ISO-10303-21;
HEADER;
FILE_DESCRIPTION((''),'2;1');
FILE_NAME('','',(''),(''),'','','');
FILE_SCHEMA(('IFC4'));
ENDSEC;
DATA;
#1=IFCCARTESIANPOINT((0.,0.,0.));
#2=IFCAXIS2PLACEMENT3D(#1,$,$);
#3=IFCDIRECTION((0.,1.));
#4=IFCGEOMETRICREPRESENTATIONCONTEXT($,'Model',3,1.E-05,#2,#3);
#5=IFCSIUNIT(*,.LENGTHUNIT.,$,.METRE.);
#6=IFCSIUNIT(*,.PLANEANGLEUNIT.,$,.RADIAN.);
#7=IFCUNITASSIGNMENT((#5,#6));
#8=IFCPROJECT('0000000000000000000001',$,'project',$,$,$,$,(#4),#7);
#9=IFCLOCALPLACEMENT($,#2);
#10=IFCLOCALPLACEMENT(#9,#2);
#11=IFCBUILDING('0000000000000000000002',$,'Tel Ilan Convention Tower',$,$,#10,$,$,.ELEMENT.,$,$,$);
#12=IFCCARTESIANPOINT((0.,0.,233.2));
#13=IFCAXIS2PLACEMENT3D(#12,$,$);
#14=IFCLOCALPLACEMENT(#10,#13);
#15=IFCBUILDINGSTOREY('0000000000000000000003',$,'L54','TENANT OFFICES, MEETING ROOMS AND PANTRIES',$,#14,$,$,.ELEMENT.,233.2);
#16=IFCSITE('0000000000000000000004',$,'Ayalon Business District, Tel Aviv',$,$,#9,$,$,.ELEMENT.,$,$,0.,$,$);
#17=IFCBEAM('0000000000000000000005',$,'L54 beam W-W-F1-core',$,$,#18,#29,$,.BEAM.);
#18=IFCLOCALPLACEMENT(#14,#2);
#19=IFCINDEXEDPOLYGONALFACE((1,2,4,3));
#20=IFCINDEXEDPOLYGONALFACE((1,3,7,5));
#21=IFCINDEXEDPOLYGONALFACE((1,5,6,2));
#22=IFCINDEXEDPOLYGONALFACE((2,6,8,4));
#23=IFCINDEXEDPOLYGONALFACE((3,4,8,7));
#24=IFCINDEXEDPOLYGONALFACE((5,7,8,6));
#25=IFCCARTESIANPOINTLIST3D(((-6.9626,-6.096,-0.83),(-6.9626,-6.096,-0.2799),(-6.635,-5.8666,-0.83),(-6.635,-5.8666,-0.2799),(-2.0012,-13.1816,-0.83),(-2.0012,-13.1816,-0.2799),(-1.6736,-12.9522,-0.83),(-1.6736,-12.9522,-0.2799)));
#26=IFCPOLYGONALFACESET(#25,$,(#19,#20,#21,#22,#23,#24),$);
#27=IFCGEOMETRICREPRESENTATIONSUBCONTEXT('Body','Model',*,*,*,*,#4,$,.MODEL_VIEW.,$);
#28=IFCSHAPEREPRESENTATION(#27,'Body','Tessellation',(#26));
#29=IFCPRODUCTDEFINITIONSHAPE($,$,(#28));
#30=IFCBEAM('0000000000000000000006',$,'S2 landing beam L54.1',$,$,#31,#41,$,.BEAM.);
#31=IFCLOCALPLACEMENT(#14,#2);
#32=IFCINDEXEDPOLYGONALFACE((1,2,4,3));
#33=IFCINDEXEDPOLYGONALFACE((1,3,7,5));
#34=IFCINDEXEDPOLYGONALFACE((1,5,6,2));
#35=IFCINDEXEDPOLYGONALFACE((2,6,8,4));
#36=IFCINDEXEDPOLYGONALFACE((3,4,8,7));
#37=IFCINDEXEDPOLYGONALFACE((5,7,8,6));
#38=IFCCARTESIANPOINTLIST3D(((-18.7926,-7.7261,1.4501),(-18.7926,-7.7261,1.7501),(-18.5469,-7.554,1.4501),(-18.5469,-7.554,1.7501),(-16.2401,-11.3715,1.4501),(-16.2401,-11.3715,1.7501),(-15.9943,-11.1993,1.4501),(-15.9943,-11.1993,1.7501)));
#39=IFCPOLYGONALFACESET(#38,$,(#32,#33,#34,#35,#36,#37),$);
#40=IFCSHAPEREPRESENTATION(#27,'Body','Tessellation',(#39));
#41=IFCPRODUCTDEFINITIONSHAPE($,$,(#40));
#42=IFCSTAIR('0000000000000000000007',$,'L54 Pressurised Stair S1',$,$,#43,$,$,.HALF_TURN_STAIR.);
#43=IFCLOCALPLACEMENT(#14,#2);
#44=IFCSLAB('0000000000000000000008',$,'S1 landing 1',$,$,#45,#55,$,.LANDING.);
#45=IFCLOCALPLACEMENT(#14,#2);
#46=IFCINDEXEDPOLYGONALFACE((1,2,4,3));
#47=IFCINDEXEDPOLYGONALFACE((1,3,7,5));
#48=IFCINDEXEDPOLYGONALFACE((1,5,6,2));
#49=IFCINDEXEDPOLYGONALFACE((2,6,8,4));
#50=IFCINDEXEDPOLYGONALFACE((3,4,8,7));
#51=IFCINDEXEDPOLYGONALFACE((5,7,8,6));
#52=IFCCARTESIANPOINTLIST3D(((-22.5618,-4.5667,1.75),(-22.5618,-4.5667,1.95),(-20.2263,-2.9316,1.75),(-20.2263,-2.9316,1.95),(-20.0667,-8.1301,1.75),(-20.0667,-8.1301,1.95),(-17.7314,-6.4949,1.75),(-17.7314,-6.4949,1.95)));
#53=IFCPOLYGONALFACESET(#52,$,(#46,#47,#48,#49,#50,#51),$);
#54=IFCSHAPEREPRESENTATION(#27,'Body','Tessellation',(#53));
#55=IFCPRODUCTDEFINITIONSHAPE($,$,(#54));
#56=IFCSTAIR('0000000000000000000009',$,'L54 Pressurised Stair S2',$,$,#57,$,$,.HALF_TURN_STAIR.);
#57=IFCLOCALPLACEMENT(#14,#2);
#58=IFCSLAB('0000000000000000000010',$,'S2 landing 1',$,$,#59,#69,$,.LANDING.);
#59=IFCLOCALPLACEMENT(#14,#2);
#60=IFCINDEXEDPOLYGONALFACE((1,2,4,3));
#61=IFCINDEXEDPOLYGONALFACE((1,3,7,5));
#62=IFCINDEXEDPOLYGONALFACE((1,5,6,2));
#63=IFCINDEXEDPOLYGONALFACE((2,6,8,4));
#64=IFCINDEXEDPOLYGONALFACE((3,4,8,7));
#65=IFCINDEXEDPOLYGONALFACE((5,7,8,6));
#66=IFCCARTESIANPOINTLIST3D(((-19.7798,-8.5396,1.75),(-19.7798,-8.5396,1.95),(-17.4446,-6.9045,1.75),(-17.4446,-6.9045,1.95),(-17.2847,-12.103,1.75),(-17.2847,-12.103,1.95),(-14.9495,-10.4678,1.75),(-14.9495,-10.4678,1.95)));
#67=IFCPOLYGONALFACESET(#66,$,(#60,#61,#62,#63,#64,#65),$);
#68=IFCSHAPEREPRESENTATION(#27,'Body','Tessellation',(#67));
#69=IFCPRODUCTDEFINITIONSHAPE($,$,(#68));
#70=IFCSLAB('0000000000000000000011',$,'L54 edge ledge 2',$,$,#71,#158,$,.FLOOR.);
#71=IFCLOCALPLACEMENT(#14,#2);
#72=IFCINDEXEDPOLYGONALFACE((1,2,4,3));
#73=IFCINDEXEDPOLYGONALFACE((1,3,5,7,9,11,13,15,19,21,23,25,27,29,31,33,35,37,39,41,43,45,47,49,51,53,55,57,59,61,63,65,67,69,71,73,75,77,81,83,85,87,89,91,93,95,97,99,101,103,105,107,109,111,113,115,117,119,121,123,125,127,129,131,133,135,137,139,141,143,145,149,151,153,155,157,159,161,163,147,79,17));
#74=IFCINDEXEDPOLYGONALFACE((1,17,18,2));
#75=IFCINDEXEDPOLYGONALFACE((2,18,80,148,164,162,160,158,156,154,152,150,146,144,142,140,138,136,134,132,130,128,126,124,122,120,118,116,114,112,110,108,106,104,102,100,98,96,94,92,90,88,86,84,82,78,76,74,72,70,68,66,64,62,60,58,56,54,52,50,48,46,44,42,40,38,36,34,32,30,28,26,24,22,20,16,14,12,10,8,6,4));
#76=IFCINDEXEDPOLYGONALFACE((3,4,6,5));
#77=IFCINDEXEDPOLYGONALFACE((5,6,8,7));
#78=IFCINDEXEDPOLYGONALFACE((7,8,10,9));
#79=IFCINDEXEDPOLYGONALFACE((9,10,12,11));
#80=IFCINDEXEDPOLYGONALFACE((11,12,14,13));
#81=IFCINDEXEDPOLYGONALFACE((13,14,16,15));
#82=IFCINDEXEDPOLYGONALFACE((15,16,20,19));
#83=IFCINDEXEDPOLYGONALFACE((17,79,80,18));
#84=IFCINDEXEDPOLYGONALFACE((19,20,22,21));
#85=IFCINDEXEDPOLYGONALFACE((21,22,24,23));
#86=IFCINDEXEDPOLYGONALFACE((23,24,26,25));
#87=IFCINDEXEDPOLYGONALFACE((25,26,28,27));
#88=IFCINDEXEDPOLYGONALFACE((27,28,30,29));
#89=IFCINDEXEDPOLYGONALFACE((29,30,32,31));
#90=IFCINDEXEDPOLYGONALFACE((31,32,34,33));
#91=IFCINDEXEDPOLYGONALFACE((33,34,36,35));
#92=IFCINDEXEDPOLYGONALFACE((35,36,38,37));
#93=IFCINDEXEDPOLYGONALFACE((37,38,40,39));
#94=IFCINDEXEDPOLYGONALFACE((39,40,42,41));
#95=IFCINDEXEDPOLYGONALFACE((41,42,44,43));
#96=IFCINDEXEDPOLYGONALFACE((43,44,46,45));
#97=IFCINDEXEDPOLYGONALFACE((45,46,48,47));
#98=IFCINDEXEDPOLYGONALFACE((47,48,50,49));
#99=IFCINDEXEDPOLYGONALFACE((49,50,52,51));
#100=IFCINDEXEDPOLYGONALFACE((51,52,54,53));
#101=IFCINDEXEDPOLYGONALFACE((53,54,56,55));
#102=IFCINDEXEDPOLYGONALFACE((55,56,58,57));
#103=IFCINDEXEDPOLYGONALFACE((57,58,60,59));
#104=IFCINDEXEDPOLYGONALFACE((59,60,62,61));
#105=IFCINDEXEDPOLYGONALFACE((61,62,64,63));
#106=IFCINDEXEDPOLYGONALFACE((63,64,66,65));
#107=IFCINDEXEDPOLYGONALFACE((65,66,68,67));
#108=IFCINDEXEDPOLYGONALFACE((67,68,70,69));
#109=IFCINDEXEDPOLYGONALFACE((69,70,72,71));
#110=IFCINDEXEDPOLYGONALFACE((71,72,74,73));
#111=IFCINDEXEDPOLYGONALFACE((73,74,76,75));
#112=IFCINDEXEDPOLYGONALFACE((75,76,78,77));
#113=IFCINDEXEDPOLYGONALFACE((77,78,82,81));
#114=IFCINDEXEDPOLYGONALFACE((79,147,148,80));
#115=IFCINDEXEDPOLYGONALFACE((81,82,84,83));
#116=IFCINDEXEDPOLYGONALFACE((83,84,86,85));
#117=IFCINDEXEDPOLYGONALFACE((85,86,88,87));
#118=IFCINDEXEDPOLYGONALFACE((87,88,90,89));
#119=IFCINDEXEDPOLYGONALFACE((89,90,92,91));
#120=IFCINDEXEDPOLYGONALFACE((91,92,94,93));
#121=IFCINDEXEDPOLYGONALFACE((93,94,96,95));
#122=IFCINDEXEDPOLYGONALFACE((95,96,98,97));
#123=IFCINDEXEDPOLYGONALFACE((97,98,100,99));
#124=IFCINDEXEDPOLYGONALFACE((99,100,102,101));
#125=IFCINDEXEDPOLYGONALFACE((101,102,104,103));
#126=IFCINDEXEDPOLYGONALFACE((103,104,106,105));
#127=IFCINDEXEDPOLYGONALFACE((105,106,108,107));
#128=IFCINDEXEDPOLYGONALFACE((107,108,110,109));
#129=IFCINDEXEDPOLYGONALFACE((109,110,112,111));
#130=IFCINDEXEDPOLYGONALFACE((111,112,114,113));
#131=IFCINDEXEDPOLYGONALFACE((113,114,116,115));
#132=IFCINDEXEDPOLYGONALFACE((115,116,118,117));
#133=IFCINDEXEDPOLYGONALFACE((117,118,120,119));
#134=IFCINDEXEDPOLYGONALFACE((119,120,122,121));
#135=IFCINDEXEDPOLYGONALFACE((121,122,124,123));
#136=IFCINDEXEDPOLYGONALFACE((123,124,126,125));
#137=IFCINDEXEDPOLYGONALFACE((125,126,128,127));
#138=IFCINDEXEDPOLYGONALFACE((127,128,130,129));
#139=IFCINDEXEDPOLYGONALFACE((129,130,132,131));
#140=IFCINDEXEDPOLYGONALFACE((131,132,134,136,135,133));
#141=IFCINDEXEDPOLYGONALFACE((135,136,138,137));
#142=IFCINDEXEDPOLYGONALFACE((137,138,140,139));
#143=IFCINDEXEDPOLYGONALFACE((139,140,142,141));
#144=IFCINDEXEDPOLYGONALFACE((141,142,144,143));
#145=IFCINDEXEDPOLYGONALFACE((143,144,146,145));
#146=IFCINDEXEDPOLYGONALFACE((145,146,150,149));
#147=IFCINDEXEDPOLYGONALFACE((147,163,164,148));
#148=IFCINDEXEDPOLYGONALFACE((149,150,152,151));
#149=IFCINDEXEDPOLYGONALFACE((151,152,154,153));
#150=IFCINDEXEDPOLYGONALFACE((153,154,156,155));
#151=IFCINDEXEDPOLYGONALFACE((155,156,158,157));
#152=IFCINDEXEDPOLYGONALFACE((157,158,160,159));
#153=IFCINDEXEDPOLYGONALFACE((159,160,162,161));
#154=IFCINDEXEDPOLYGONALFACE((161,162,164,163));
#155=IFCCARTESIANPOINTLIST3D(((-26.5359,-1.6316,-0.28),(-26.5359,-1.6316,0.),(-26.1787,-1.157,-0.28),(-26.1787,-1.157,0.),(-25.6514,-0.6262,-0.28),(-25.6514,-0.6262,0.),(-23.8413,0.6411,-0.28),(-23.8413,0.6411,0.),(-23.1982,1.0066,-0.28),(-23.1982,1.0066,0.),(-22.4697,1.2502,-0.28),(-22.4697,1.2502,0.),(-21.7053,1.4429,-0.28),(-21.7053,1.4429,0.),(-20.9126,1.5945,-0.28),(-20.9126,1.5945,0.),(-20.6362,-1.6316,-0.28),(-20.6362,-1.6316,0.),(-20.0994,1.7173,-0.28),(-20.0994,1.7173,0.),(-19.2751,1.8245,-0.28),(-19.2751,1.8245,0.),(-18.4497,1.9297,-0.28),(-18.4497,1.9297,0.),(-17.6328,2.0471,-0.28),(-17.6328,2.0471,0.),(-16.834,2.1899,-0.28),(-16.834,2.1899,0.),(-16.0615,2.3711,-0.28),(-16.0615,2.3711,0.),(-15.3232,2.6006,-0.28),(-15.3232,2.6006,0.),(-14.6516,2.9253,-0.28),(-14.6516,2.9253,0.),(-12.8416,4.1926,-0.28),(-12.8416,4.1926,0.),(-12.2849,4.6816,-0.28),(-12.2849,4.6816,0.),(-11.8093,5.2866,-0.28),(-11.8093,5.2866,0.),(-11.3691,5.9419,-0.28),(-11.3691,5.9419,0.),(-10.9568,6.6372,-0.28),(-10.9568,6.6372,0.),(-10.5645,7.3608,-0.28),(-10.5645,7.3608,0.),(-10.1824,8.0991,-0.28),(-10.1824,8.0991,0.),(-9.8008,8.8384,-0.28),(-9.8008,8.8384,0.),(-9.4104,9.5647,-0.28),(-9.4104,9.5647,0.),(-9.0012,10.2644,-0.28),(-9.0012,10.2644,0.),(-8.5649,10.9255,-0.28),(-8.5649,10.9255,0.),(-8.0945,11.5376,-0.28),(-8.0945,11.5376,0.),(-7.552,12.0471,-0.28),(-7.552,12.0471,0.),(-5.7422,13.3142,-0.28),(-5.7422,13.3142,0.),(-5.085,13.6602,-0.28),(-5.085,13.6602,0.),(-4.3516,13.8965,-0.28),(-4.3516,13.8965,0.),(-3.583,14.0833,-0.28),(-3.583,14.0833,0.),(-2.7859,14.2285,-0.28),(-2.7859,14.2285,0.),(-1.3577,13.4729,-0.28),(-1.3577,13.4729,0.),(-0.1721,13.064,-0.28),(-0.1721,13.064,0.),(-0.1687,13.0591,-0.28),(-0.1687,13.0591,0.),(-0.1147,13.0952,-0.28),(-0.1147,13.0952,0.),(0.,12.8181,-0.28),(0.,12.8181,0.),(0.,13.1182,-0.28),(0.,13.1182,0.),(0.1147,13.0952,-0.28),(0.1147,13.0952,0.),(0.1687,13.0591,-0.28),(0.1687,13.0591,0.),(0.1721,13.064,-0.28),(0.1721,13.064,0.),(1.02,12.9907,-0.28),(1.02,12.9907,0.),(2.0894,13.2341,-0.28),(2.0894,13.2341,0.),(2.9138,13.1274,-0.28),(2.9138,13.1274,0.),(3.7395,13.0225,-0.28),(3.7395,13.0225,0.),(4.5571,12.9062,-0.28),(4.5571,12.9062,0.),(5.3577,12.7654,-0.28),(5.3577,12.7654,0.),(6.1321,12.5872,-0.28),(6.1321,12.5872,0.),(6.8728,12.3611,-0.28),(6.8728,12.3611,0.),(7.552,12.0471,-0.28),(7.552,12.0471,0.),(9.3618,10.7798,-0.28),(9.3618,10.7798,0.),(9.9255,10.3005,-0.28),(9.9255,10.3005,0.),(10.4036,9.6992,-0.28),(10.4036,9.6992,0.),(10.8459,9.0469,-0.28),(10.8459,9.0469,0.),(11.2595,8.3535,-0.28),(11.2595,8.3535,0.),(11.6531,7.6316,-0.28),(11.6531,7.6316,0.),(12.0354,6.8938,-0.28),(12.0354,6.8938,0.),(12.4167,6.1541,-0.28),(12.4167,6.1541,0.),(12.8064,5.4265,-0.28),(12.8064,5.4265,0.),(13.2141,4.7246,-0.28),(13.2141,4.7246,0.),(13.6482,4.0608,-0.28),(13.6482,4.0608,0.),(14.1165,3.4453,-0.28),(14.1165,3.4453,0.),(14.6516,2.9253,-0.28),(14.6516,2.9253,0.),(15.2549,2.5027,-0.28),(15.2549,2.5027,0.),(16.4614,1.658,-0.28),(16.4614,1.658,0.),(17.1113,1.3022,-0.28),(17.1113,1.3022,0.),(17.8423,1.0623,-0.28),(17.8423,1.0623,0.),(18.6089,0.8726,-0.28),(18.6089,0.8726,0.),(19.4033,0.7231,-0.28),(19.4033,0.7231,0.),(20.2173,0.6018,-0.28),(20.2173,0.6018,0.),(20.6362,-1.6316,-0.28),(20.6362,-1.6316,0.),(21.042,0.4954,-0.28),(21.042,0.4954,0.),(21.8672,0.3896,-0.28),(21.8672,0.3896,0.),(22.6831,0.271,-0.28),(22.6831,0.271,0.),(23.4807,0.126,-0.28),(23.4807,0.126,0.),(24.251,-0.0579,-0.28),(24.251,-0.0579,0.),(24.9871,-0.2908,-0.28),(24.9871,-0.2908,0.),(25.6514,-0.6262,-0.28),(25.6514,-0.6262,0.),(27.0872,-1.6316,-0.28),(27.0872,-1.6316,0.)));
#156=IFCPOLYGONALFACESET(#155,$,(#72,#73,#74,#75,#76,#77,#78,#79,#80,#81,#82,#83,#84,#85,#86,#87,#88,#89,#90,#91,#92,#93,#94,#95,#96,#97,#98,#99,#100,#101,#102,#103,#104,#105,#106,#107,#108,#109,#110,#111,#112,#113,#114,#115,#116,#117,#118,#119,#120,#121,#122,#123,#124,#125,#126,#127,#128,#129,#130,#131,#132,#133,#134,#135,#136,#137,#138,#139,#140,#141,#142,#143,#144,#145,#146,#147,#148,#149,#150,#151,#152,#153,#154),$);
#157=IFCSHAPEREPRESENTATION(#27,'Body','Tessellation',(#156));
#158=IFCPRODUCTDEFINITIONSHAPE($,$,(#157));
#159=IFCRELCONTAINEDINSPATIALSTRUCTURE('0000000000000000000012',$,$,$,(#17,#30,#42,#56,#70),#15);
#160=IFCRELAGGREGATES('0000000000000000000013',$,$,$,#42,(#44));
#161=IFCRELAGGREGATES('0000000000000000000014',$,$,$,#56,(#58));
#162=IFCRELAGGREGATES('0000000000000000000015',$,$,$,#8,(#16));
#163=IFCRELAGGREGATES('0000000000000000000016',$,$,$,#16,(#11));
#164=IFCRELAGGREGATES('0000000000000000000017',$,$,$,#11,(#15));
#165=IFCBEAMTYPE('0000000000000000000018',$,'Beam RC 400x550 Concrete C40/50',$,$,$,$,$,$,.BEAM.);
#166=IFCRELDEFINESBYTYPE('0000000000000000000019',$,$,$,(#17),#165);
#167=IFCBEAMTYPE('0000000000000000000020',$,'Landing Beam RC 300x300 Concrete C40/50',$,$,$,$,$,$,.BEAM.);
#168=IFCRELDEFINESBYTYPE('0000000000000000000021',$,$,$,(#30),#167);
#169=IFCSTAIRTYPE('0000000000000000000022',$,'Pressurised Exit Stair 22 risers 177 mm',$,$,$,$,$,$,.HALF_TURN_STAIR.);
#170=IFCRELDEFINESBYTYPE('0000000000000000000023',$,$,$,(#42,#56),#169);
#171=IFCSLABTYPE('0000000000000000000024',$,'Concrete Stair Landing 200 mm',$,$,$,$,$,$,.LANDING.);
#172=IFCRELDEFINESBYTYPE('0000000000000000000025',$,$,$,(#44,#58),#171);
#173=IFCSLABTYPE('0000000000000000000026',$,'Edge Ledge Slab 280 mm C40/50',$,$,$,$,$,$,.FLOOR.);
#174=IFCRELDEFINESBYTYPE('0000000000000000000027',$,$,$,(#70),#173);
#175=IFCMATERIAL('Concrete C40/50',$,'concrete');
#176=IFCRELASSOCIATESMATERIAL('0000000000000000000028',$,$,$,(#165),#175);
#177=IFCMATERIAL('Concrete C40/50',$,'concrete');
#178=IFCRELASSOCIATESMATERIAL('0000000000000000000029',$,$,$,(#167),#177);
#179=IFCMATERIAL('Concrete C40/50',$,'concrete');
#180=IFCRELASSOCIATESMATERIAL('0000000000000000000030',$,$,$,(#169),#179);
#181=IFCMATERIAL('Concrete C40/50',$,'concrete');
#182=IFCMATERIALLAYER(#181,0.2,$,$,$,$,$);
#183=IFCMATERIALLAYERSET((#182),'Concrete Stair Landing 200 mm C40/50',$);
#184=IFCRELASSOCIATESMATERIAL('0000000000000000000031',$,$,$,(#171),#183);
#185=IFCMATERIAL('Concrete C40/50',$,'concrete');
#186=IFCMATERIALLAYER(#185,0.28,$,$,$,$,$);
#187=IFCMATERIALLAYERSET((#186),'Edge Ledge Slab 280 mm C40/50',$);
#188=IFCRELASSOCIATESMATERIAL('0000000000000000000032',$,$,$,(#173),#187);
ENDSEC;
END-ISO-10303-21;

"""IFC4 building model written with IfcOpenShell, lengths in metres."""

from ifc_helpers import new_model, si_unit, direction, frame, origin, origin_2d, place, context, subcontext, project, spatial, polyline, rectangle, outline, extrude, material, layer, layer_set, material_profile, profile_set, type_object, element, aggregate, save


model = new_model("IFC4")

# Units and contexts
model_context = context("Model", 3, precision=1e-05, world=origin(), true_north=direction((0.0, 1.0)))
body_context = subcontext(model_context, "Body", "Model", "MODEL_VIEW")
ifc_project = project(units=[si_unit("LENGTHUNIT", "METRE"), si_unit("PLANEANGLEUNIT", "RADIAN")], contexts=[model_context])

# Site, building, storey
site_placement = place(None, origin())
site = spatial("IfcSite", under=ifc_project, at=site_placement, Name="Ayalon Business District, Tel Aviv", CompositionType="ELEMENT", RefElevation=0.0)
building_placement = place(site_placement, origin())
building = spatial("IfcBuilding", under=site, at=building_placement, Name="Tel Ilan Convention Tower", CompositionType="ELEMENT")
storey_placement = place(building_placement, frame((0.0, 0.0, 233.2)))
storey = spatial("IfcBuildingStorey", under=building, at=storey_placement, Name="L54", Description="TENANT OFFICES, MEETING ROOMS AND PANTRIES", CompositionType="ELEMENT", Elevation=233.2)

# Beams
ifc_material_1 = material(Name="Concrete C40/50", Category="concrete")
ifc_material_profile_1 = material_profile(ifc_material_1, rectangle(XDim=0.3999, YDim=0.55, at=origin_2d()), Name="RC 400x550")
ifc_profile_set_1 = profile_set([ifc_material_profile_1], Name="Concrete C40/50")
beam_type_1 = type_object("IfcBeamType", Name="Beam RC 400x550 Concrete C40/50", PredefinedType="BEAM", material=ifc_profile_set_1)
beam_1_placement = place(storey_placement, frame((-1.8374, -13.0669, -0.5549), z_axis=(-0.573574, 0.819154, 0.0), x_axis=(-0.819154, -0.573574, 0.0)))
element("IfcBeam", 1, at=beam_1_placement, inside=storey, type_object=beam_type_1, Name="L54 beam W-W-F1-core", PredefinedType="BEAM", context=body_context, shape_type="SweptSolid", body=[
    extrude(rectangle(XDim=0.3999, YDim=0.55, at=origin_2d()), origin(), (0.0, 0.0, 1.0), 8.6499),
])
ifc_material_2 = material(Name="Concrete C40/50", Category="concrete")
ifc_material_profile_2 = material_profile(ifc_material_2, rectangle(XDim=0.3, YDim=0.3, at=origin_2d()), Name="RC 300x300")
ifc_profile_set_2 = profile_set([ifc_material_profile_2], Name="Concrete C40/50")
beam_type_2 = type_object("IfcBeamType", Name="Landing Beam RC 300x300 Concrete C40/50", PredefinedType="BEAM", material=ifc_profile_set_2)
beam_2_placement = place(storey_placement, frame((-16.1172, -11.2854, 1.6001), z_axis=(-0.573584, 0.819147, 0.0), x_axis=(-0.819147, -0.573584, 0.0)))
element("IfcBeam", 2, at=beam_2_placement, inside=storey, type_object=beam_type_2, Name="S2 landing beam L54.1", PredefinedType="BEAM", context=body_context, shape_type="SweptSolid", body=[
    extrude(rectangle(XDim=0.3, YDim=0.3, at=origin_2d()), origin(), (0.0, 0.0, 1.0), 4.4502),
])

# Stairs, slabs
ifc_material_3 = material(Name="Concrete C40/50", Category="concrete")
stair_type = type_object("IfcStairType", Name="Pressurised Exit Stair 22 risers 177 mm", PredefinedType="HALF_TURN_STAIR", material=ifc_material_3)
stair_1_placement = place(storey_placement, origin())
stair_1 = element("IfcStair", 3, at=stair_1_placement, inside=storey, type_object=stair_type, Name="L54 Pressurised Stair S1", PredefinedType="HALF_TURN_STAIR")
ifc_material_4 = material(Name="Concrete C40/50", Category="concrete")
ifc_layer_1 = layer(ifc_material_4, 0.2)
ifc_layer_set_1 = layer_set([ifc_layer_1], Name="Concrete Stair Landing 200 mm C40/50")
slab_type_1 = type_object("IfcSlabType", Name="Concrete Stair Landing 200 mm", PredefinedType="LANDING", material=ifc_layer_set_1)
slab_1_placement = place(storey_placement, frame((0.0, 0.0, 1.75)))
slab_1 = element("IfcSlab", 4, at=slab_1_placement, type_object=slab_type_1, Name="S1 landing 1", PredefinedType="LANDING", context=body_context, shape_type="SweptSolid", body=[
    extrude(outline(polyline([(-20.0667, -8.1301), (-17.7314, -6.4949), (-20.2263, -2.9316), (-22.5618, -4.5667), (-20.0667, -8.1301)])), origin(), (0.0, 0.0, 1.0), 0.2),
])
aggregate(stair_1, [slab_1])
stair_2_placement = place(storey_placement, origin())
stair_2 = element("IfcStair", 5, at=stair_2_placement, inside=storey, type_object=stair_type, Name="L54 Pressurised Stair S2", PredefinedType="HALF_TURN_STAIR")
slab_2_placement = place(storey_placement, frame((0.0, 0.0, 1.75)))
slab_2 = element("IfcSlab", 6, at=slab_2_placement, type_object=slab_type_1, Name="S2 landing 1", PredefinedType="LANDING", context=body_context, shape_type="SweptSolid", body=[
    extrude(outline(polyline([(-17.2847, -12.103), (-14.9495, -10.4678), (-17.4446, -6.9045), (-19.7798, -8.5396), (-17.2847, -12.103)])), origin(), (0.0, 0.0, 1.0), 0.2),
])
aggregate(stair_2, [slab_2])

# Slab
ifc_material_5 = material(Name="Concrete C40/50", Category="concrete")
ifc_layer_2 = layer(ifc_material_5, 0.28)
ifc_layer_set_2 = layer_set([ifc_layer_2], Name="Edge Ledge Slab 280 mm C40/50")
slab_type_2 = type_object("IfcSlabType", Name="Edge Ledge Slab 280 mm C40/50", PredefinedType="FLOOR", material=ifc_layer_set_2)
slab_3_placement = place(storey_placement, frame((0.0, 0.0, -0.28)))
element("IfcSlab", 7, at=slab_3_placement, inside=storey, type_object=slab_type_2, Name="L54 edge ledge 2", PredefinedType="FLOOR", context=body_context, shape_type="SweptSolid", body=[
    extrude(outline(polyline([(-23.1982, 1.0066), (-22.4697, 1.2502), (-21.7053, 1.4429), (-20.9126, 1.5945), (-20.0994, 1.7173), (-19.2751, 1.8245), (-18.4497, 1.9297), (-17.6328, 2.0471), (-16.834, 2.1899), (-16.0615, 2.3711), (-15.3232, 2.6006), (-14.6516, 2.9253), (-12.8416, 4.1926), (-12.2849, 4.6816), (-11.8093, 5.2866), (-11.3691, 5.9419), (-10.9568, 6.6372), (-10.5645, 7.3608), (-10.1824, 8.0991), (-9.8008, 8.8384), (-9.4104, 9.5647), (-9.0012, 10.2644), (-8.5649, 10.9255), (-8.0945, 11.5376), (-7.552, 12.0471), (-5.7422, 13.3142), (-5.085, 13.6602), (-4.3516, 13.8965), (-3.583, 14.0833), (-2.7859, 14.2285), (-1.3577, 13.4729), (-0.1721, 13.064), (-0.1687, 13.0591), (-0.1147, 13.0952), (0.0, 13.1182), (0.1147, 13.0952), (0.1687, 13.0591), (0.1721, 13.064), (1.02, 12.9907), (2.0894, 13.2341), (2.9138, 13.1274), (3.7395, 13.0225), (4.5571, 12.9062), (5.3577, 12.7654), (6.1321, 12.5872), (6.8728, 12.3611), (7.552, 12.0471), (9.3618, 10.7798), (9.9255, 10.3005), (10.4036, 9.6992), (10.8459, 9.0469), (11.2595, 8.3535), (11.6531, 7.6316), (12.0354, 6.8938), (12.4167, 6.1541), (12.8064, 5.4265), (13.2141, 4.7246), (13.6482, 4.0608), (14.1165, 3.4453), (14.6516, 2.9253), (15.2549, 2.5027), (16.4614, 1.658), (17.1113, 1.3022), (17.8423, 1.0623), (18.6089, 0.8726), (19.4033, 0.7231), (20.2173, 0.6018), (21.042, 0.4954), (21.8672, 0.3896), (22.6831, 0.271), (23.4807, 0.126), (24.251, -0.0579), (24.9871, -0.2908), (25.6514, -0.6262), (27.0872, -1.6316), (20.6362, -1.6316), (0.0, 12.8181), (-20.6362, -1.6316), (-26.5359, -1.6316), (-26.1787, -1.157), (-25.6514, -0.6262), (-23.8413, 0.6411), (-23.1982, 1.0066)])), origin(), (0.0, 0.0, 1.0), 0.28),
])

save(model, "model.ifc")
